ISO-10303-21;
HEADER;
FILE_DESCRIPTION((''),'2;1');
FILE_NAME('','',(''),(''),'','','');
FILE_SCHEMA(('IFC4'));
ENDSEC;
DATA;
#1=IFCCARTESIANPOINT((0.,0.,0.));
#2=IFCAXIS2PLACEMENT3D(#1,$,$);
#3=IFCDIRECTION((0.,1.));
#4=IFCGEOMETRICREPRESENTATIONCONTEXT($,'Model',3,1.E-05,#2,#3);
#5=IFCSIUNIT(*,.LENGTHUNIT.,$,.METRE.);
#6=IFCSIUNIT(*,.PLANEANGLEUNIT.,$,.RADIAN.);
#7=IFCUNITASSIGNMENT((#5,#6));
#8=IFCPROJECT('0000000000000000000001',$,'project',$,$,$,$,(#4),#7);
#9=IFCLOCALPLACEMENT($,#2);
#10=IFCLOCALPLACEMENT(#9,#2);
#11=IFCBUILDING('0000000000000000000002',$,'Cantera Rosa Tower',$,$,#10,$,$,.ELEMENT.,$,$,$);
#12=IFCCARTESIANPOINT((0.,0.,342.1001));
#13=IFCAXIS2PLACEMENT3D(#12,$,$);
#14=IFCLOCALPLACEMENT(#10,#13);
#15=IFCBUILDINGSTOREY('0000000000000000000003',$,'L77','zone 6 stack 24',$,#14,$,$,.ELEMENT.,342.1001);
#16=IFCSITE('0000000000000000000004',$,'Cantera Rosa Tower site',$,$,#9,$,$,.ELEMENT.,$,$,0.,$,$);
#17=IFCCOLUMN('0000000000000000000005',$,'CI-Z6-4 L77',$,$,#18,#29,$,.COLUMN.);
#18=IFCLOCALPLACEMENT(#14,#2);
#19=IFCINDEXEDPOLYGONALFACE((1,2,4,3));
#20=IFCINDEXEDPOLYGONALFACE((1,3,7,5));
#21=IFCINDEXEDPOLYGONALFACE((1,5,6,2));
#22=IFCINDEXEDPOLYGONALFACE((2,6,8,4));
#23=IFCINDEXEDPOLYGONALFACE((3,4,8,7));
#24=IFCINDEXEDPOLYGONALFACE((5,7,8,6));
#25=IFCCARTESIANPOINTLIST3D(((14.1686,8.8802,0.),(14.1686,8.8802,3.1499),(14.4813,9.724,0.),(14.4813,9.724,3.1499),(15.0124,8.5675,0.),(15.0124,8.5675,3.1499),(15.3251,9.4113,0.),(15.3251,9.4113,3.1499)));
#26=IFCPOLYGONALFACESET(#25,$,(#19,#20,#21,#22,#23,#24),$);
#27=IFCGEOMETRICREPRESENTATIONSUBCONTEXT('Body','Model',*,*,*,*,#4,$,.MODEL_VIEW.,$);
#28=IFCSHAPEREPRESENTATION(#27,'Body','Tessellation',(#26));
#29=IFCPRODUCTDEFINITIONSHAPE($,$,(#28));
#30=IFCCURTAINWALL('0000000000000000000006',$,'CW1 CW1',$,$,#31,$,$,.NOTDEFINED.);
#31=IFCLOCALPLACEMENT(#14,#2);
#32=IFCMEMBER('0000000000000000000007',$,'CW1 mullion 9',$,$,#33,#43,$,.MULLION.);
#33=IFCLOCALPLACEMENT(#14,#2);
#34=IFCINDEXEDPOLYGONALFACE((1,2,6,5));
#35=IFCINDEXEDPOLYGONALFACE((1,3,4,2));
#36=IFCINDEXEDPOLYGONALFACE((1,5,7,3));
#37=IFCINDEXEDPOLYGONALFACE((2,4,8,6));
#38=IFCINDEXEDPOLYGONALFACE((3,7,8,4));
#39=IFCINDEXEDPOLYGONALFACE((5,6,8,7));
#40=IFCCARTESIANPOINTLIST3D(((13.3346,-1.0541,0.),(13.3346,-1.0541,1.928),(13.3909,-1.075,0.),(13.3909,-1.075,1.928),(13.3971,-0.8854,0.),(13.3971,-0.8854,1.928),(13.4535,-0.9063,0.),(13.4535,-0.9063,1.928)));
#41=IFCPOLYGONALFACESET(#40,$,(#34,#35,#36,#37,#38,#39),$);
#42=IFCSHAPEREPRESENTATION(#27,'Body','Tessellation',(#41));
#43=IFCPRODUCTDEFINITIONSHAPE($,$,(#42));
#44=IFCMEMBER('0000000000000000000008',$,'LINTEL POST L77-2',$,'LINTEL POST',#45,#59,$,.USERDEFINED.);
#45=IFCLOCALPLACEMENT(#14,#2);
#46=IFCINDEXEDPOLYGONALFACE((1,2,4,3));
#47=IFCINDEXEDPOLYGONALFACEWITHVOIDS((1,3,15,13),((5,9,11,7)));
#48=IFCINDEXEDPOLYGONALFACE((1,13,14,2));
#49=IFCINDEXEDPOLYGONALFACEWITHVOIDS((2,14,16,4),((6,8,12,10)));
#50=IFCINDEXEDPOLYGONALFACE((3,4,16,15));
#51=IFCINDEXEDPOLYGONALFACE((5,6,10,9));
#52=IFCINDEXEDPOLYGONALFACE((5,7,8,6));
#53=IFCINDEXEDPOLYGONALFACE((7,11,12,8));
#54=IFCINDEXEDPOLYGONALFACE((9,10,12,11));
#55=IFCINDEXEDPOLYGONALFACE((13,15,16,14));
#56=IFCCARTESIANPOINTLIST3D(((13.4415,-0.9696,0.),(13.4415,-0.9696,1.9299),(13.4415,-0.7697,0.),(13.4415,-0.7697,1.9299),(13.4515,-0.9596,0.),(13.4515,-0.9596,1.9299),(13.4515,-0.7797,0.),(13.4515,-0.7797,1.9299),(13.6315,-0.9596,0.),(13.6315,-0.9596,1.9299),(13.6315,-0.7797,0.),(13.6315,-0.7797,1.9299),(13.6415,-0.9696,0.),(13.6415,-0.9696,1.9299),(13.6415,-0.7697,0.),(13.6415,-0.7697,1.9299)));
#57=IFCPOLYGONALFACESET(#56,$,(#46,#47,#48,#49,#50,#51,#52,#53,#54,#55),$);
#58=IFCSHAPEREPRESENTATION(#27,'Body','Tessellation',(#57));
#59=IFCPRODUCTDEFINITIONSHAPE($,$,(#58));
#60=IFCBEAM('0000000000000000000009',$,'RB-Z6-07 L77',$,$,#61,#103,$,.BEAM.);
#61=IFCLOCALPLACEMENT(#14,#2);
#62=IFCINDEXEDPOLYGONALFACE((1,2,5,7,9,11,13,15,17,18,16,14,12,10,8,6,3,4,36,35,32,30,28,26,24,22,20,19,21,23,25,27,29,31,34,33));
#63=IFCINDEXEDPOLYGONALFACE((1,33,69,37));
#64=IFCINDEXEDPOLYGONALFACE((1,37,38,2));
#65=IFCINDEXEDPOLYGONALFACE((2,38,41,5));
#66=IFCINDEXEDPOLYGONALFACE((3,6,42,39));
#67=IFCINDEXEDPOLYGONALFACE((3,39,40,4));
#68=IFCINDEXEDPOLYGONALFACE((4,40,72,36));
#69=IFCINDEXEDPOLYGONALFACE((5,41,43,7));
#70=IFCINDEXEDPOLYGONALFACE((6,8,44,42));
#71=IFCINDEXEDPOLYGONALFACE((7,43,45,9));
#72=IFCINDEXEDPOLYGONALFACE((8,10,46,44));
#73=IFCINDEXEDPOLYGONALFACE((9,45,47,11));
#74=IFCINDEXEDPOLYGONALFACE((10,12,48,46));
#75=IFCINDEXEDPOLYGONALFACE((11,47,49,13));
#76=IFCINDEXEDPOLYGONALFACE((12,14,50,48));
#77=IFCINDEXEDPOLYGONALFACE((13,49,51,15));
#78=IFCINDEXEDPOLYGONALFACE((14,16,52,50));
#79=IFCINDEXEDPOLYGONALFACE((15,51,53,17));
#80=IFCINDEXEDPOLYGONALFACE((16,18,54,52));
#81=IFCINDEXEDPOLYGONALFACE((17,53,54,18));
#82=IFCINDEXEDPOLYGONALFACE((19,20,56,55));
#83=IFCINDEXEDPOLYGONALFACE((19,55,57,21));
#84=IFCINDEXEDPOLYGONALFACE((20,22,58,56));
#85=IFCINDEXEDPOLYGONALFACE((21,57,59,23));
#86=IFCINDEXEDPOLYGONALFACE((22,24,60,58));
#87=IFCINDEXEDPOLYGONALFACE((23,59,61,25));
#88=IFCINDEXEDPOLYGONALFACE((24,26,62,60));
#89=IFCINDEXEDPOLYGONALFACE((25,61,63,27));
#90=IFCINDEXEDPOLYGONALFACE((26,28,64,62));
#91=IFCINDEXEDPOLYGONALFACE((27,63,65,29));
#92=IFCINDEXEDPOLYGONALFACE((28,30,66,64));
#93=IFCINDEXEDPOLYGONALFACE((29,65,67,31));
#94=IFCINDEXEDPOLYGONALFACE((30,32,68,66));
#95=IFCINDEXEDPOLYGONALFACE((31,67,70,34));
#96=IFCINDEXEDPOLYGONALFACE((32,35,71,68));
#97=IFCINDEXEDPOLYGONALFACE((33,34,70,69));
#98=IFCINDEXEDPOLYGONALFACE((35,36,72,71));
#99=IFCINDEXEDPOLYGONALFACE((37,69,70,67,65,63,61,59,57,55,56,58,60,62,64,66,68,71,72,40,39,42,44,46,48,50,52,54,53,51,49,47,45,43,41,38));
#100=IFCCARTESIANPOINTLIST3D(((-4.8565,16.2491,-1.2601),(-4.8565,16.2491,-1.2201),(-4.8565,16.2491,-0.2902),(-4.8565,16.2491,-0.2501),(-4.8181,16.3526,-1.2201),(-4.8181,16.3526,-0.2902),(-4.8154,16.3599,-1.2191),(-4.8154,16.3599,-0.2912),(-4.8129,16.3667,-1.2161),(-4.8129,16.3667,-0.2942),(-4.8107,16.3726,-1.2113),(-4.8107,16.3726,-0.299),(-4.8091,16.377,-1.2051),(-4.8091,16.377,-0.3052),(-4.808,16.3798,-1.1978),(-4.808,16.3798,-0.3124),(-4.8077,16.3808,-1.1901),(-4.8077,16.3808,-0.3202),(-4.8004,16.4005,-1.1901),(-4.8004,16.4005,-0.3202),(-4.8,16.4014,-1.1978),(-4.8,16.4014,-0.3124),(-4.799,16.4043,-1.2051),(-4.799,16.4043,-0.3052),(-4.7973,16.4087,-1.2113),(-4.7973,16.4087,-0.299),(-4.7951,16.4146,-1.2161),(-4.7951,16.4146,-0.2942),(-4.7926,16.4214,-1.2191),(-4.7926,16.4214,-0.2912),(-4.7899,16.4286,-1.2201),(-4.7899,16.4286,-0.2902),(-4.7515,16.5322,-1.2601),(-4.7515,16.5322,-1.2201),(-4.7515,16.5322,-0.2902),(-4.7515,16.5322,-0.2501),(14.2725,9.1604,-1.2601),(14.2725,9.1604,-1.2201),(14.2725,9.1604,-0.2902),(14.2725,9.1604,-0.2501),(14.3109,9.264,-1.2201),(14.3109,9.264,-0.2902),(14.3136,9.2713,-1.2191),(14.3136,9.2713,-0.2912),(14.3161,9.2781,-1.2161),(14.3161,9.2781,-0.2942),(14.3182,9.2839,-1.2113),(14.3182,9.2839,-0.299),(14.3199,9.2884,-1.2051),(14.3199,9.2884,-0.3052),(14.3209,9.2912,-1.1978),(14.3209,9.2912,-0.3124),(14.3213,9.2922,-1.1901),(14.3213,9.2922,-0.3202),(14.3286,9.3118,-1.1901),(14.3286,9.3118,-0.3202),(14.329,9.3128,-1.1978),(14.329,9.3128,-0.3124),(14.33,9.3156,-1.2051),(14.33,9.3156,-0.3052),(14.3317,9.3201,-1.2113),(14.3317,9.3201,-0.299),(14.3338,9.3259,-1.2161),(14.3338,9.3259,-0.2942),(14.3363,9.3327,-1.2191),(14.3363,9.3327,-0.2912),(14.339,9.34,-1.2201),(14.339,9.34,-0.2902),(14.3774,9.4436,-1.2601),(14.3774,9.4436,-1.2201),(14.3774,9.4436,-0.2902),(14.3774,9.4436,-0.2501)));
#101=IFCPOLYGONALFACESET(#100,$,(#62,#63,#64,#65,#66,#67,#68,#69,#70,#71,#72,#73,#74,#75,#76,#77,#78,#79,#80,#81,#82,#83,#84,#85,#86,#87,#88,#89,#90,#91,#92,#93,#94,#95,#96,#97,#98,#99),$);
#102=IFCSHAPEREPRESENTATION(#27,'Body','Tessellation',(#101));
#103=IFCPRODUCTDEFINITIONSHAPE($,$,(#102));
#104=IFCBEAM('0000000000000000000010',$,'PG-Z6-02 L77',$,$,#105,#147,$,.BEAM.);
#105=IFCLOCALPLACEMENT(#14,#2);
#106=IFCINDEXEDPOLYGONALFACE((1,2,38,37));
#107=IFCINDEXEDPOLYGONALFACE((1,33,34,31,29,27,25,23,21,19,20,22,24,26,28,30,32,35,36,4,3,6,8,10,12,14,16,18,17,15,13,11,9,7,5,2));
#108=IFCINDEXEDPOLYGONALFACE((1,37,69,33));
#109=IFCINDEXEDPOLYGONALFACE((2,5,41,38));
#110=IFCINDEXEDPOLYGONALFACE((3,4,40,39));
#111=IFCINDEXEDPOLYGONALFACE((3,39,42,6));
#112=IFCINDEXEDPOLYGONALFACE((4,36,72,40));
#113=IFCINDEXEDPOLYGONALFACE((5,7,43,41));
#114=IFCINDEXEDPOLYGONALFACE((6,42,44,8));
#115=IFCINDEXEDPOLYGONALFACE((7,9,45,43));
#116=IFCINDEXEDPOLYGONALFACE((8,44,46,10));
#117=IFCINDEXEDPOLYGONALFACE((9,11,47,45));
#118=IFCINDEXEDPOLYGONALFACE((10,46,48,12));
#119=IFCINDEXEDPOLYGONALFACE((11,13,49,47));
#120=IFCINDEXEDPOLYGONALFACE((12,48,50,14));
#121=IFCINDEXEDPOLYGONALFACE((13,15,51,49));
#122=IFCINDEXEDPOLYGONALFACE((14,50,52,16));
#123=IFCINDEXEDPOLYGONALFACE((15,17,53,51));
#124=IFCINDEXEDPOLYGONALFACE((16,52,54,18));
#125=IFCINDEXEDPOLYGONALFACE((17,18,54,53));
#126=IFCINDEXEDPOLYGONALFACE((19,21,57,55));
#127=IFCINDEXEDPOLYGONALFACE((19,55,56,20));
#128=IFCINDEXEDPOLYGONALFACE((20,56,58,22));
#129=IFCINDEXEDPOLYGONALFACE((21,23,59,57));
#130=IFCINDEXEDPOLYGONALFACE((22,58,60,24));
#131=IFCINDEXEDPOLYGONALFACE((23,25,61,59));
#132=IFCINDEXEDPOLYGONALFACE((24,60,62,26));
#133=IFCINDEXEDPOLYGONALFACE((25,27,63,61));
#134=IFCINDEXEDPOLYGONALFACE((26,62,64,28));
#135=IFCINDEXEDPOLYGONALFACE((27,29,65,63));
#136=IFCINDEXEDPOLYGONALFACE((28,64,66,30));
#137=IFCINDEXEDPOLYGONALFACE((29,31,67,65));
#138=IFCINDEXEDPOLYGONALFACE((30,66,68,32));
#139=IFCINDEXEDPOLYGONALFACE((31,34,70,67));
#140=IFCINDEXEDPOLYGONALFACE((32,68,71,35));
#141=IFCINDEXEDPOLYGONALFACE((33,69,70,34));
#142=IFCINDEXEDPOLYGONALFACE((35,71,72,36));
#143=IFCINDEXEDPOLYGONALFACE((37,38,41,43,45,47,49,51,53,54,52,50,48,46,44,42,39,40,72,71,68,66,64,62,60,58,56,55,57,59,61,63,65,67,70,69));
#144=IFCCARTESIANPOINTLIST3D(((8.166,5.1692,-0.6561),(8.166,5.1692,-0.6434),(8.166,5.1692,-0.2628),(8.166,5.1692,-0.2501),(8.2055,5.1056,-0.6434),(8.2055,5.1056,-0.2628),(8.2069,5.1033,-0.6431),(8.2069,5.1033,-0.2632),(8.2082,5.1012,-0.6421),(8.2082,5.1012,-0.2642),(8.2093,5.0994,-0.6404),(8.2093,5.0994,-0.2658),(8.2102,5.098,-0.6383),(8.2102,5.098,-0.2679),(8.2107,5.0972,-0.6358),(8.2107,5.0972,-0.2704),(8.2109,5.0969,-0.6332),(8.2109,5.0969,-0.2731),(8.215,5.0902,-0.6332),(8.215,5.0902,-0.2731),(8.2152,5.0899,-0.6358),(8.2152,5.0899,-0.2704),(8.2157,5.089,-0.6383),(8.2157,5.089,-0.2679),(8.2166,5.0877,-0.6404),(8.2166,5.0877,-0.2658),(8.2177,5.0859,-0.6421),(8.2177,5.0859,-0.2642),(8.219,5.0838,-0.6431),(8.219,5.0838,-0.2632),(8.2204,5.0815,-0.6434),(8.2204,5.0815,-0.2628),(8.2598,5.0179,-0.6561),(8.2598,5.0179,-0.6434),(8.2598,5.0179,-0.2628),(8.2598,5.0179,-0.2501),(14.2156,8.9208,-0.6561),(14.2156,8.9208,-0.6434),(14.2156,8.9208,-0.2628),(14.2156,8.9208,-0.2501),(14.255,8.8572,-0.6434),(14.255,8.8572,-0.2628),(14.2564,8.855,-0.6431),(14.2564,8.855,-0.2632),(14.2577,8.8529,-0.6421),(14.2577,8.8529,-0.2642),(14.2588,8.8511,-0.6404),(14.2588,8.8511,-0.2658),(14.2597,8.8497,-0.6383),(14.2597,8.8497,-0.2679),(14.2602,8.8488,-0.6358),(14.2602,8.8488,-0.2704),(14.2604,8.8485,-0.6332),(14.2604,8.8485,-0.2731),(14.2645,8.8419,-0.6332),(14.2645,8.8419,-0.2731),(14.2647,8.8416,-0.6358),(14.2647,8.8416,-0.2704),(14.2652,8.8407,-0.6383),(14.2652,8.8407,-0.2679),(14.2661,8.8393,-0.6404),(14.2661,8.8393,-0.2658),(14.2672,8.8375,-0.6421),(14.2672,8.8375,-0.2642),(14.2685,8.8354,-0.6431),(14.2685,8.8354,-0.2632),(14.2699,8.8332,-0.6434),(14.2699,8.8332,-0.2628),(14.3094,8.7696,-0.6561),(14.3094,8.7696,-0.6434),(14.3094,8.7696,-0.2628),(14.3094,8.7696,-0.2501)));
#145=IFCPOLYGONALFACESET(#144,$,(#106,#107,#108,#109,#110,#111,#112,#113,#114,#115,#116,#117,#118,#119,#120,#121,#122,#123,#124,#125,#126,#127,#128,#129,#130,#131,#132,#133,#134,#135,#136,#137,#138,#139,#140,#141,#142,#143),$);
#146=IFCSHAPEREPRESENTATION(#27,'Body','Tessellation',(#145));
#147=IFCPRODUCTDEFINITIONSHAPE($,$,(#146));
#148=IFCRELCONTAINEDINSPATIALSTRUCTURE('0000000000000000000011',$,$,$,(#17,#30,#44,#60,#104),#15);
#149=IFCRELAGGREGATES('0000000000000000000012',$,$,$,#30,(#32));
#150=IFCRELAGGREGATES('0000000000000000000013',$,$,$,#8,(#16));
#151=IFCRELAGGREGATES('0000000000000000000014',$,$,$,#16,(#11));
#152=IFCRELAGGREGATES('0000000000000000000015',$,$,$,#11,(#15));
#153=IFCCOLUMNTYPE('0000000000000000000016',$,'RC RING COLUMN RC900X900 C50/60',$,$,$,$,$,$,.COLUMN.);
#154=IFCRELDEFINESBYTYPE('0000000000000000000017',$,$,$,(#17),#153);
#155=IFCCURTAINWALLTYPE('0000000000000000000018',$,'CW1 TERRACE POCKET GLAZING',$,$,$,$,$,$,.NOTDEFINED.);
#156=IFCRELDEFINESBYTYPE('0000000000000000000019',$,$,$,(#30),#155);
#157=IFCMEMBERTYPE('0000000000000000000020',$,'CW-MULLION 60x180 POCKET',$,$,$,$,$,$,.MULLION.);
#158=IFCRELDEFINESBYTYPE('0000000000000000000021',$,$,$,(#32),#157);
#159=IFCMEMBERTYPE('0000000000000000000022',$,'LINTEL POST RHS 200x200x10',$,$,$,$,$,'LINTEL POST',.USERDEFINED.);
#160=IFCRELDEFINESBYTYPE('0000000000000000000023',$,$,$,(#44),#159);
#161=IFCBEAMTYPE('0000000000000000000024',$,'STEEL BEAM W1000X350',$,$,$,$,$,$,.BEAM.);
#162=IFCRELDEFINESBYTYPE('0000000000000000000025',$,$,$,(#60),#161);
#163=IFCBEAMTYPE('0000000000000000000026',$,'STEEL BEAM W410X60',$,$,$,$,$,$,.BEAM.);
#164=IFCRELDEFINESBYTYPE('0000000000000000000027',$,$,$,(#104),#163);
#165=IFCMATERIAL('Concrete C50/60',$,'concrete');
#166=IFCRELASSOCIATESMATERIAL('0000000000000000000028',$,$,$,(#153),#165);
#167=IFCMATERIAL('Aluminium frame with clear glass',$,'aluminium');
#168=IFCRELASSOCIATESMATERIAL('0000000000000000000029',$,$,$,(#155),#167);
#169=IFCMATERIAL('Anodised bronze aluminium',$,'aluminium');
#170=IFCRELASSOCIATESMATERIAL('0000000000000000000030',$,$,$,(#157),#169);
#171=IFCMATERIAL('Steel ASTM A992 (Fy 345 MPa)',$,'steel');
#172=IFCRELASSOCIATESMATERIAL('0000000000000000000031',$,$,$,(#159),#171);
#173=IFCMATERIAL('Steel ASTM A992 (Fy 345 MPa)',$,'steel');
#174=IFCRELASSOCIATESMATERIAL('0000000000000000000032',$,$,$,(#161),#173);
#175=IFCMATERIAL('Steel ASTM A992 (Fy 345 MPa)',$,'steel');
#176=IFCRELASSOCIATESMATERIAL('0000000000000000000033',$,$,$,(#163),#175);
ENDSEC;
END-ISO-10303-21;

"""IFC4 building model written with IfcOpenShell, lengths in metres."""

from ifc_helpers import new_model, si_unit, direction, frame, origin, origin_2d, place, context, subcontext, project, spatial, rectangle, hollow_rectangle, i_section, extrude, material, material_profile, profile_set, type_object, element, aggregate, save


model = new_model("IFC4")

# Units and contexts
model_context = context("Model", 3, precision=1e-05, world=origin(), true_north=direction((0.0, 1.0)))
body_context = subcontext(model_context, "Body", "Model", "MODEL_VIEW")
ifc_project = project(units=[si_unit("LENGTHUNIT", "METRE"), si_unit("PLANEANGLEUNIT", "RADIAN")], contexts=[model_context])

# Site, building, storey
site_placement = place(None, origin())
site = spatial("IfcSite", under=ifc_project, at=site_placement, Name="Cantera Rosa Tower site", CompositionType="ELEMENT", RefElevation=0.0)
building_placement = place(site_placement, origin())
building = spatial("IfcBuilding", under=site, at=building_placement, Name="Cantera Rosa Tower", CompositionType="ELEMENT")
storey_placement = place(building_placement, frame((0.0, 0.0, 342.1001)))
storey = spatial("IfcBuildingStorey", under=building, at=storey_placement, Name="L77", Description="zone 6 stack 24", CompositionType="ELEMENT", Elevation=342.1001)

# Column
ifc_material_1 = material(Name="Concrete C50/60", Category="concrete")
ifc_material_profile_1 = material_profile(ifc_material_1, rectangle(XDim=0.8999, YDim=0.8999, at=origin_2d()), Name="RC RING COLUMN RC900X900 C50/60")
ifc_profile_set_1 = profile_set([ifc_material_profile_1], Name="Concrete C50/60")
column_type = type_object("IfcColumnType", Name="RC RING COLUMN RC900X900 C50/60", PredefinedType="COLUMN", material=ifc_profile_set_1)
column_placement = place(storey_placement, frame((14.7468, 9.1458, 0.0), z_axis=(0.0, 0.0, 1.0), x_axis=(0.347481, 0.937687, 0.0)))
element("IfcColumn", 1, at=column_placement, inside=storey, type_object=column_type, Name="CI-Z6-4 L77", PredefinedType="COLUMN", context=body_context, shape_type="SweptSolid", body=[
    extrude(rectangle(XDim=0.8999, YDim=0.8999, at=origin_2d()), origin(), (0.0, 0.0, 1.0), 3.1499),
])

# Curtain wall, member
ifc_material_2 = material(Name="Aluminium frame with clear glass", Category="aluminium")
curtain_wall_type = type_object("IfcCurtainWallType", Name="CW1 TERRACE POCKET GLAZING", PredefinedType="NOTDEFINED", material=ifc_material_2)
curtain_wall_placement = place(storey_placement, origin())
curtain_wall = element("IfcCurtainWall", 2, at=curtain_wall_placement, inside=storey, type_object=curtain_wall_type, Name="CW1 CW1", PredefinedType="NOTDEFINED")
ifc_material_3 = material(Name="Anodised bronze aluminium", Category="aluminium")
ifc_material_profile_2 = material_profile(ifc_material_3, rectangle(XDim=0.0601, YDim=0.1799, at=origin_2d()), Name="CW-MULLION 60x180 POCKET")
ifc_profile_set_2 = profile_set([ifc_material_profile_2], Name="Anodised bronze aluminium")
member_type_1 = type_object("IfcMemberType", Name="CW-MULLION 60x180 POCKET", PredefinedType="MULLION", material=ifc_profile_set_2)
member_1_placement = place(storey_placement, frame((13.394, -0.9802, 0.0), z_axis=(0.0, 0.0, 1.0), x_axis=(-0.937687, 0.347481, 0.0)))
member_1 = element("IfcMember", 3, at=member_1_placement, type_object=member_type_1, Name="CW1 mullion 9", PredefinedType="MULLION", context=body_context, shape_type="SweptSolid", body=[
    extrude(rectangle(XDim=0.0601, YDim=0.1799, at=origin_2d()), origin(), (0.0, 0.0, 1.0), 1.928),
])

# Member
ifc_material_4 = material(Name="Steel ASTM A992 (Fy 345 MPa)", Category="steel")
ifc_material_profile_3 = material_profile(ifc_material_4, hollow_rectangle(XDim=0.2, YDim=0.2, WallThickness=0.01, at=origin_2d()), Name="LINTEL POST RHS 200x200x10")
ifc_profile_set_3 = profile_set([ifc_material_profile_3], Name="Steel ASTM A992 (Fy 345 MPa)")
member_type_2 = type_object("IfcMemberType", Name="LINTEL POST RHS 200x200x10", ElementType="LINTEL POST", PredefinedType="USERDEFINED", material=ifc_profile_set_3)
member_2_placement = place(storey_placement, frame((13.5415, -0.8696, 0.0), z_axis=(0.0, 0.0, 1.0), x_axis=(1.0, 0.0, 0.0)))
element("IfcMember", 4, at=member_2_placement, inside=storey, type_object=member_type_2, Name="LINTEL POST L77-2", ObjectType="LINTEL POST", PredefinedType="USERDEFINED", context=body_context, shape_type="SweptSolid", body=[
    extrude(hollow_rectangle(XDim=0.2, YDim=0.2, WallThickness=0.01, at=origin_2d()), origin(), (0.0, 0.0, 1.0), 1.9299),
])

# Beams
ifc_material_5 = material(Name="Steel ASTM A992 (Fy 345 MPa)", Category="steel")
ifc_material_profile_4 = material_profile(ifc_material_5, i_section(OverallWidth=0.302, OverallDepth=1.01, WebThickness=0.021, FlangeThickness=0.04, FilletRadius=0.03, at=origin_2d()), Name="W1000X350")
ifc_profile_set_4 = profile_set([ifc_material_profile_4], Name="Steel ASTM A992 (Fy 345 MPa)")
beam_type_1 = type_object("IfcBeamType", Name="STEEL BEAM W1000X350", PredefinedType="BEAM", material=ifc_profile_set_4)
beam_1_placement = place(storey_placement, frame((14.325, 9.302, -0.7551), z_axis=(-0.937687, 0.34748, 0.0), x_axis=(-0.34748, -0.937687, 0.0)))
element("IfcBeam", 5, at=beam_1_placement, inside=storey, type_object=beam_type_1, Name="RB-Z6-07 L77", PredefinedType="BEAM", context=body_context, shape_type="SweptSolid", body=[
    extrude(i_section(OverallWidth=0.302, OverallDepth=1.01, WebThickness=0.021, FlangeThickness=0.04, FilletRadius=0.03, at=origin_2d()), origin(), (0.0, 0.0, 1.0), 20.4001),
])
ifc_material_6 = material(Name="Steel ASTM A992 (Fy 345 MPa)", Category="steel")
ifc_material_profile_5 = material_profile(ifc_material_6, i_section(OverallWidth=0.178, OverallDepth=0.406, WebThickness=0.0078, FlangeThickness=0.0127, FilletRadius=0.0103, at=origin_2d()), Name="W410X60")
ifc_profile_set_5 = profile_set([ifc_material_profile_5], Name="Steel ASTM A992 (Fy 345 MPa)")
beam_type_2 = type_object("IfcBeamType", Name="STEEL BEAM W410X60", PredefinedType="BEAM", material=ifc_profile_set_5)
beam_2_placement = place(storey_placement, frame((14.2625, 8.8452, -0.4531), z_axis=(-0.849841, -0.527039, 0.0), x_axis=(0.527039, -0.849841, 0.0)))
element("IfcBeam", 6, at=beam_2_placement, inside=storey, type_object=beam_type_2, Name="PG-Z6-02 L77", PredefinedType="BEAM", context=body_context, shape_type="SweptSolid", body=[
    extrude(i_section(OverallWidth=0.178, OverallDepth=0.406, WebThickness=0.0078, FlangeThickness=0.0127, FilletRadius=0.0103, at=origin_2d()), origin(), (0.0, 0.0, 1.0), 7.1184),
])

aggregate(curtain_wall, [member_1])

save(model, "model.ifc")
